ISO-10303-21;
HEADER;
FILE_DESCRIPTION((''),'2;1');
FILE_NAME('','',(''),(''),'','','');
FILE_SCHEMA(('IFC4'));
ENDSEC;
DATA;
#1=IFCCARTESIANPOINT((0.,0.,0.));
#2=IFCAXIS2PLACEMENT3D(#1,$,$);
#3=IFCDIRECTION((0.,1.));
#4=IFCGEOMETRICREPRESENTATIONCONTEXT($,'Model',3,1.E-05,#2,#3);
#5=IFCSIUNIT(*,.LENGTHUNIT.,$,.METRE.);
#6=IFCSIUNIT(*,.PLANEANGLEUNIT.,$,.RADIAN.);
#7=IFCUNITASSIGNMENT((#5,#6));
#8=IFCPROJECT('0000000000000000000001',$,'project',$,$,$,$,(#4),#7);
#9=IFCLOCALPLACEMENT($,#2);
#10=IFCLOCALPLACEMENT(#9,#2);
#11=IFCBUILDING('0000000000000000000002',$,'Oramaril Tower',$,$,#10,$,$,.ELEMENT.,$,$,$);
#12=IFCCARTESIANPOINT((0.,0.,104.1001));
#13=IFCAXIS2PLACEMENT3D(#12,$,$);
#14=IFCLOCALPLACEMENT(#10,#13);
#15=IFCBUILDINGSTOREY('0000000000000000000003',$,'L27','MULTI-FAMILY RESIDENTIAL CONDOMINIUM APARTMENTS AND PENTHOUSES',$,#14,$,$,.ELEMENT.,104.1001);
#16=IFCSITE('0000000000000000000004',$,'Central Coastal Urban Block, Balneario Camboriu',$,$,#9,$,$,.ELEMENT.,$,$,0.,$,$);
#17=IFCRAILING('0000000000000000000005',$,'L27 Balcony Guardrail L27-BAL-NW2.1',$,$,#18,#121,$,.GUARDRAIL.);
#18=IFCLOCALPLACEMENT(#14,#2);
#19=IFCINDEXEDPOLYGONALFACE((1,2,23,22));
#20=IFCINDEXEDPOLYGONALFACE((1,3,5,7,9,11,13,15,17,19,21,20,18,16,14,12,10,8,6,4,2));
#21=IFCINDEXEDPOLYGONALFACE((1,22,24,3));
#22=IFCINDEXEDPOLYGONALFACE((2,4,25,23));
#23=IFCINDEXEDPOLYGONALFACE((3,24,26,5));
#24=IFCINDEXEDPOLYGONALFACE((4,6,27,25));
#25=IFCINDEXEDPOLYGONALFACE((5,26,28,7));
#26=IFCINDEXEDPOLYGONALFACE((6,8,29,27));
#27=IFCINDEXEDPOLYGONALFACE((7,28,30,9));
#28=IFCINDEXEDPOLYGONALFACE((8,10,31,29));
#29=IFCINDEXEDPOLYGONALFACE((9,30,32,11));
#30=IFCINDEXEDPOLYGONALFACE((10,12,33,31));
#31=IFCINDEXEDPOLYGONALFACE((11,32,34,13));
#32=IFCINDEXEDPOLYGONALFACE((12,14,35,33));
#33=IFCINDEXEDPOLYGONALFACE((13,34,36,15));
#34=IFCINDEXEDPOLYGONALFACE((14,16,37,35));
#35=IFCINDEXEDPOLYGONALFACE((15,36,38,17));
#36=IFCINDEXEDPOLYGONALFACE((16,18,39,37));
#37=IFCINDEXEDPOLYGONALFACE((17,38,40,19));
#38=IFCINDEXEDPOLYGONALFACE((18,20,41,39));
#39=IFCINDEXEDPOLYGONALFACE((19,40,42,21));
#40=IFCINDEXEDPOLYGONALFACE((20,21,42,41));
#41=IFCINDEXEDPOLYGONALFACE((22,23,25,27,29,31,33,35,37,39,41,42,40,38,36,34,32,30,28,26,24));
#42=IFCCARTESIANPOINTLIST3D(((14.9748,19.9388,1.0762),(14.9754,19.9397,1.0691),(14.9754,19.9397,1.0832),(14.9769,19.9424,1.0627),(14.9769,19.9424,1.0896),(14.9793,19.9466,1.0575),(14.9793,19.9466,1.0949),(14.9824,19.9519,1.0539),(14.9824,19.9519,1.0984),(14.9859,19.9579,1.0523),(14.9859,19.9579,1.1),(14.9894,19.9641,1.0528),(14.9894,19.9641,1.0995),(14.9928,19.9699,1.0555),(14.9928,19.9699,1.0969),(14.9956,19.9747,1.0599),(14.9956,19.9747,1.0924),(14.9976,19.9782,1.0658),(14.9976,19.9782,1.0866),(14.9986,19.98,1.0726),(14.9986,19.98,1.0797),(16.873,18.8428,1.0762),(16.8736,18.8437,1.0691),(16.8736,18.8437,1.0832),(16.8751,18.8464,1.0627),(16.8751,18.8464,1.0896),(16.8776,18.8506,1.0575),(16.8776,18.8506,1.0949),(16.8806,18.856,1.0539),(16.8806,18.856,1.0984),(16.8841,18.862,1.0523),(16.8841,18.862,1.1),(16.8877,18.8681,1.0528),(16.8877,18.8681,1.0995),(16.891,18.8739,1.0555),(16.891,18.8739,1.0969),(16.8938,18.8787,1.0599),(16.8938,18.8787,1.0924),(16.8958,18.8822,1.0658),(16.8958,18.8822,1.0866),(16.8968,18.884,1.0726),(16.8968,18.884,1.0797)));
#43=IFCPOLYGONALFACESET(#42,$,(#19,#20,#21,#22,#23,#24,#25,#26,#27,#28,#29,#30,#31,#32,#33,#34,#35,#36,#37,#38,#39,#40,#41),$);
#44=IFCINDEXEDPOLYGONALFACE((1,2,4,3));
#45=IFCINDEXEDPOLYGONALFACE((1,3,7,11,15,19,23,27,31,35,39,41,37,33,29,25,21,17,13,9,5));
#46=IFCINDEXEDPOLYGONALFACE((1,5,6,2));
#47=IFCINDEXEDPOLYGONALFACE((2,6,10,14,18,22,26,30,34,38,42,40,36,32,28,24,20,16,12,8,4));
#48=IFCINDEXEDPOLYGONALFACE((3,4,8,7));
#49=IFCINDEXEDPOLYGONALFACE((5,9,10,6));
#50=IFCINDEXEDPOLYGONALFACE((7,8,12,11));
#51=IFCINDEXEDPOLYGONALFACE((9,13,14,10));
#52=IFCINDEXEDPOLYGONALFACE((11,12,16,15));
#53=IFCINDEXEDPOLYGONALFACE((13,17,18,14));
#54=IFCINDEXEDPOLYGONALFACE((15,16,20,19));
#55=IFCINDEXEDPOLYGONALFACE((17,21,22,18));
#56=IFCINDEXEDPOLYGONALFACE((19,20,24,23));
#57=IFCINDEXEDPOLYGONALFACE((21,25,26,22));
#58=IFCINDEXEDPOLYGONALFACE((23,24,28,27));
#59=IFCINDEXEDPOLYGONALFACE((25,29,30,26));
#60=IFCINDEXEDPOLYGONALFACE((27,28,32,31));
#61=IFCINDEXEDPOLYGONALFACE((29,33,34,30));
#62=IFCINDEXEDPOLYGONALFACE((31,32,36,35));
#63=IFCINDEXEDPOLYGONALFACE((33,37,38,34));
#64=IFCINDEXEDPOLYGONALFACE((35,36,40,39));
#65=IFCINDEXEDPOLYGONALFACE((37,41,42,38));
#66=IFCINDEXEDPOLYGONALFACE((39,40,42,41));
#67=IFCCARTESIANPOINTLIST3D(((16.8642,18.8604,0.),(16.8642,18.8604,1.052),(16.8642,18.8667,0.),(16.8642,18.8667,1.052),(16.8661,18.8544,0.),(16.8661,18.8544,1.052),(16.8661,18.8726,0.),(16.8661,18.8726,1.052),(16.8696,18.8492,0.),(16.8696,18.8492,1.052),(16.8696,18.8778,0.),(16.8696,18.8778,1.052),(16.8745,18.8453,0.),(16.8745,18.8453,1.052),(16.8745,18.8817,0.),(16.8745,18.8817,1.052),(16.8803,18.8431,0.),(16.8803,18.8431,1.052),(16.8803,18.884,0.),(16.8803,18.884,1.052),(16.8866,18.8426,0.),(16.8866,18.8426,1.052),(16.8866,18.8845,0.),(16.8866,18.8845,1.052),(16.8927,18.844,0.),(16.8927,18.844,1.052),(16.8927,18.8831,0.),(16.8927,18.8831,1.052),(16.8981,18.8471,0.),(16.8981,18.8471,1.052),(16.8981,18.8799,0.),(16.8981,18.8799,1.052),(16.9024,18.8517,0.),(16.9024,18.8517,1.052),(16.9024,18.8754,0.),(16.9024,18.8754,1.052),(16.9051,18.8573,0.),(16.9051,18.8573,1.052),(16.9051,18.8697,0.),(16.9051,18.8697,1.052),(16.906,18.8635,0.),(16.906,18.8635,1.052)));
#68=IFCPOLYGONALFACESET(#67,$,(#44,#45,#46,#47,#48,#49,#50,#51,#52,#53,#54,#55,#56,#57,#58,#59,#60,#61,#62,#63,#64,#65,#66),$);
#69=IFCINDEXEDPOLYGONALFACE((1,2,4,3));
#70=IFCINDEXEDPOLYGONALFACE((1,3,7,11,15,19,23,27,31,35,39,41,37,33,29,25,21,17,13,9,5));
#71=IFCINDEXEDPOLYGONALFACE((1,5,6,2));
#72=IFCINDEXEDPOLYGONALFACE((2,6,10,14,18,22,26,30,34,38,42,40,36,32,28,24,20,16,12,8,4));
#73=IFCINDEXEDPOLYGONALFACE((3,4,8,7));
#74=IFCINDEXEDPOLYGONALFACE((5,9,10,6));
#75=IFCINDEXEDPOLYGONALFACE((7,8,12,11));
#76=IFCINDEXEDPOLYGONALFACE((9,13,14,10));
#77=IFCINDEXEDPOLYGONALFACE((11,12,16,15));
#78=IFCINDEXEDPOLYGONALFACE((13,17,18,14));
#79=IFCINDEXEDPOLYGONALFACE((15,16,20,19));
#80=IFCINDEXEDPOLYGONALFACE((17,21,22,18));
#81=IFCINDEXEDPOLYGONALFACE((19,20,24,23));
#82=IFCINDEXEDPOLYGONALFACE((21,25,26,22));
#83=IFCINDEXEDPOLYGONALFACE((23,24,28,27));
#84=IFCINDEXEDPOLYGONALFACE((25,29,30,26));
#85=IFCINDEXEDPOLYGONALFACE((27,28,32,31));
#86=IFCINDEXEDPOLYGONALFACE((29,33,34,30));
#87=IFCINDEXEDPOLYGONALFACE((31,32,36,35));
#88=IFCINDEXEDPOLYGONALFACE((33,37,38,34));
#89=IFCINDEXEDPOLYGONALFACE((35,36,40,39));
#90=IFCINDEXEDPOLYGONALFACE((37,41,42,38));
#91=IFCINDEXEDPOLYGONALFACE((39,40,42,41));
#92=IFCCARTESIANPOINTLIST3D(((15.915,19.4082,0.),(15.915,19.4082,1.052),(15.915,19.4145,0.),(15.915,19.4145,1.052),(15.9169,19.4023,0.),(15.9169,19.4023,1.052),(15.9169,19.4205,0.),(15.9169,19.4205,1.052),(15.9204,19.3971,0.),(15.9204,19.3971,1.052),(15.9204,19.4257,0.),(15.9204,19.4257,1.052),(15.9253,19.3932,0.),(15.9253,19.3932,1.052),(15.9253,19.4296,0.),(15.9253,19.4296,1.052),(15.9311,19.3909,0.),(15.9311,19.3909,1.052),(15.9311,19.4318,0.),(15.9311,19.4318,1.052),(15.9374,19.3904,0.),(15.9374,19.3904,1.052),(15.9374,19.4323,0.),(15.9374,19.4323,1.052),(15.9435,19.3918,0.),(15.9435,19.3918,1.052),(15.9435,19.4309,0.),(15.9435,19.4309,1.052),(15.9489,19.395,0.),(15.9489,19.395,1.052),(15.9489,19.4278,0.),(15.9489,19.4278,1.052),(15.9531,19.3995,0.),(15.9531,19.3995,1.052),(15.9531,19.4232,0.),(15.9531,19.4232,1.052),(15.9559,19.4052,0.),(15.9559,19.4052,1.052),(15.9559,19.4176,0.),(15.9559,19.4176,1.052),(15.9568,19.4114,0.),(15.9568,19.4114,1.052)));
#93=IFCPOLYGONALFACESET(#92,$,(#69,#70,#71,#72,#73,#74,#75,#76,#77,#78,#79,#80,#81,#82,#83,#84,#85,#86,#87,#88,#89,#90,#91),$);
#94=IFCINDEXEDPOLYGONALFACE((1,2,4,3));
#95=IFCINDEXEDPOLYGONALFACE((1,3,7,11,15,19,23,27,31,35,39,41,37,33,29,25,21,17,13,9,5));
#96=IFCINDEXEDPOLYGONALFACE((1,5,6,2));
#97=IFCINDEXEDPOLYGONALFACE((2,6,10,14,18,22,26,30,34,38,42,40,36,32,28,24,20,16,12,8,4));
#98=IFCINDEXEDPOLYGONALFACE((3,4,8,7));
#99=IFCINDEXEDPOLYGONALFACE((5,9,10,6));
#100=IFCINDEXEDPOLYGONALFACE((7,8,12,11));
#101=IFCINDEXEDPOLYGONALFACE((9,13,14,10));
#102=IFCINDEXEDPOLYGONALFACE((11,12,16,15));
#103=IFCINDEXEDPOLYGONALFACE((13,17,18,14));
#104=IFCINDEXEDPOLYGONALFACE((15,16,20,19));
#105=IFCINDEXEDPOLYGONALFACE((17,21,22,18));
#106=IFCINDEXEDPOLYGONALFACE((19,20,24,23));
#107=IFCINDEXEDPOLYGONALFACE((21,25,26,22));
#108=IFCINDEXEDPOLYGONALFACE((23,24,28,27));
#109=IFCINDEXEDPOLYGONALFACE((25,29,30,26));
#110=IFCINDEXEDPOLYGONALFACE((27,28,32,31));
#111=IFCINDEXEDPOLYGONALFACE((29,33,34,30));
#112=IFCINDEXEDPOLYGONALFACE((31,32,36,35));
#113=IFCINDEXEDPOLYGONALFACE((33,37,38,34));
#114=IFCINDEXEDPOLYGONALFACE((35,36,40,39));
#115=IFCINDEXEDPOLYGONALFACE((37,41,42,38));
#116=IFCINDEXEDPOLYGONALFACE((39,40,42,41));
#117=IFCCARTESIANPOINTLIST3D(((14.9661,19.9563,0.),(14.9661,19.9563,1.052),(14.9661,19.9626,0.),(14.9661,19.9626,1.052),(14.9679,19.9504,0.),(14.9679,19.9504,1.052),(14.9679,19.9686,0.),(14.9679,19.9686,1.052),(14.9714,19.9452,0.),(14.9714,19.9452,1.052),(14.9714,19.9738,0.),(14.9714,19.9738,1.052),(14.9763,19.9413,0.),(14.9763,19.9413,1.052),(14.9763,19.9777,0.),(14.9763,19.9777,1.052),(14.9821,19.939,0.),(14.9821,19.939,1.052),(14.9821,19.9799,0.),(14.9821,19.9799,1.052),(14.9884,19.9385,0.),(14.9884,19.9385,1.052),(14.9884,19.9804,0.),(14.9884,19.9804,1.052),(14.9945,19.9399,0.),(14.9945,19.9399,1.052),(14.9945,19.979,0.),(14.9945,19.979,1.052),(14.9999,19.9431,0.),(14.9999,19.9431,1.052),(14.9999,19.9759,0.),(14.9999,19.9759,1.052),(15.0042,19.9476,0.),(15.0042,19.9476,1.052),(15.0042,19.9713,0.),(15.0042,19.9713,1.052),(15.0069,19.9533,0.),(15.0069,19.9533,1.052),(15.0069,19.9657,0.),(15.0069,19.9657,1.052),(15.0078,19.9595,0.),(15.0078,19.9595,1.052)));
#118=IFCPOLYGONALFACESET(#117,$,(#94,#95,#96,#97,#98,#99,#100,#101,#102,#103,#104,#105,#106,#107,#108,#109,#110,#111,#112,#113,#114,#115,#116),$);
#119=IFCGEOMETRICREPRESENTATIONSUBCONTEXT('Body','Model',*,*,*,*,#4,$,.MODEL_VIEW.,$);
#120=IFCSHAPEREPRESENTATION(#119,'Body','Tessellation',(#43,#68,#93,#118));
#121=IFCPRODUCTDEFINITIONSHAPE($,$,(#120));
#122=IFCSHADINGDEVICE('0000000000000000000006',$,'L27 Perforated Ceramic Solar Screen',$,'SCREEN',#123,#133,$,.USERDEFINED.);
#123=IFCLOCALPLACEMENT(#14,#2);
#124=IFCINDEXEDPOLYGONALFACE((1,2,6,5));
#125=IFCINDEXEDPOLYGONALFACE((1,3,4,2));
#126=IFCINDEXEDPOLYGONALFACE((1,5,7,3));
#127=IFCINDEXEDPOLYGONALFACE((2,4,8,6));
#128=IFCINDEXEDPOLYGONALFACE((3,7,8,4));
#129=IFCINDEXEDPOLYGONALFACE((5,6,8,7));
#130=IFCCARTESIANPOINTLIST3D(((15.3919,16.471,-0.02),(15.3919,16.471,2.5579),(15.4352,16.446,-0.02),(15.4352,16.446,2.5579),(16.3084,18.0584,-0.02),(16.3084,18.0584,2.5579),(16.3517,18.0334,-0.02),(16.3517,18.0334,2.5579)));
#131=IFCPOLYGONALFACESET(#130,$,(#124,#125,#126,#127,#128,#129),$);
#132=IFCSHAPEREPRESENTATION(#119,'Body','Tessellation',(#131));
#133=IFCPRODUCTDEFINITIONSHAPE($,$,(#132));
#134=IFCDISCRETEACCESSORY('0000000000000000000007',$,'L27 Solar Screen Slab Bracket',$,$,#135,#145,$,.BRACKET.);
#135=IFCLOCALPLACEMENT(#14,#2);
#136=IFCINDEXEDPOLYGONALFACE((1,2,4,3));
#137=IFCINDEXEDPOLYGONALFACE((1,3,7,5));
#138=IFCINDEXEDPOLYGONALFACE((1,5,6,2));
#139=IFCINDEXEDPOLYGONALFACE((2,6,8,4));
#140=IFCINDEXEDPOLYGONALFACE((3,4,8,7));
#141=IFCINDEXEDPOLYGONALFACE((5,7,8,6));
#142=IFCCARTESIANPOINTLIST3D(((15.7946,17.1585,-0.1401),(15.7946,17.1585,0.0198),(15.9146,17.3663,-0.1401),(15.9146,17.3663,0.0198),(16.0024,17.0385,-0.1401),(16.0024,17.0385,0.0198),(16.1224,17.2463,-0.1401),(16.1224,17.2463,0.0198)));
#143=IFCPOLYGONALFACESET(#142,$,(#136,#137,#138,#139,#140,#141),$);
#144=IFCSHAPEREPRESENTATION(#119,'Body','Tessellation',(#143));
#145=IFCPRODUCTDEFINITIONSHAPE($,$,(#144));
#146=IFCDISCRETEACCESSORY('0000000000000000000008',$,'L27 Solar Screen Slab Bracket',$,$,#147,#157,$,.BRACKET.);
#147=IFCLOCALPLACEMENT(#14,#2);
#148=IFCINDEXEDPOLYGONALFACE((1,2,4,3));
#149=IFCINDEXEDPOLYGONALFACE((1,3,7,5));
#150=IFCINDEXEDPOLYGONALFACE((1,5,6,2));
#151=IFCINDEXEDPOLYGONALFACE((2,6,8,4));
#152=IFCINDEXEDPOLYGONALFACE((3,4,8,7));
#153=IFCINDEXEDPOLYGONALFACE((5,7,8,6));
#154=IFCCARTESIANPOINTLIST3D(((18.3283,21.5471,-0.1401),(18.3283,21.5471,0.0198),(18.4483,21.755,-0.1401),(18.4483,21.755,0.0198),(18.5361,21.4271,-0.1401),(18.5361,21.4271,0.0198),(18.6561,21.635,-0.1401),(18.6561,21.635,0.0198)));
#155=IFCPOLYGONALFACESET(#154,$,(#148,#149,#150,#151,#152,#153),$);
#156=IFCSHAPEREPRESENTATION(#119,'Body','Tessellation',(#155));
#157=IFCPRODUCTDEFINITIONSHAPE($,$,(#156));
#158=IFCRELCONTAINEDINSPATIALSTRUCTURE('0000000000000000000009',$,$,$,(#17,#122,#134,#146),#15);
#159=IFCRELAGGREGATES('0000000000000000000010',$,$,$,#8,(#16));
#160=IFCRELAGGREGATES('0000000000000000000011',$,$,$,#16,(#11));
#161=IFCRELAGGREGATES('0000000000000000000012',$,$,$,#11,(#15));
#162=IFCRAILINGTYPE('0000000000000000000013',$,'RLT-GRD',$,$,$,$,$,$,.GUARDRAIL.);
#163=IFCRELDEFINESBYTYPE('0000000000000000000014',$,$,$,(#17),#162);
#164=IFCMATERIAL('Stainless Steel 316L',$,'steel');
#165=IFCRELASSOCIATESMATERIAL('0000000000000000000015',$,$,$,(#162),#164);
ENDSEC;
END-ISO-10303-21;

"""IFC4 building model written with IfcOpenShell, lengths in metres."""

from ifc_helpers import new_model, si_unit, direction, frame, origin, origin_2d, place, context, subcontext, project, spatial, rectangle, circle, extrude, material, type_object, element, save


model = new_model("IFC4")

# Units and contexts
model_context = context("Model", 3, precision=1e-05, world=origin(), true_north=direction((0.0, 1.0)))
body_context = subcontext(model_context, "Body", "Model", "MODEL_VIEW")
ifc_project = project(units=[si_unit("LENGTHUNIT", "METRE"), si_unit("PLANEANGLEUNIT", "RADIAN")], contexts=[model_context])

# Site, building, storey
site_placement = place(None, origin())
site = spatial("IfcSite", under=ifc_project, at=site_placement, Name="Central Coastal Urban Block, Balneario Camboriu", CompositionType="ELEMENT", RefElevation=0.0)
building_placement = place(site_placement, origin())
building = spatial("IfcBuilding", under=site, at=building_placement, Name="Oramaril Tower", CompositionType="ELEMENT")
storey_placement = place(building_placement, frame((0.0, 0.0, 104.1001)))
storey = spatial("IfcBuildingStorey", under=building, at=storey_placement, Name="L27", Description="MULTI-FAMILY RESIDENTIAL CONDOMINIUM APARTMENTS AND PENTHOUSES", CompositionType="ELEMENT", Elevation=104.1001)

# Railing
ifc_material_1 = material(Name="Stainless Steel 316L", Category="steel")
railing_type = type_object("IfcRailingType", Name="RLT-GRD", PredefinedType="GUARDRAIL", material=ifc_material_1)
railing_1_placement = place(storey_placement, frame((16.885, 18.8635, 0.0)))
element("IfcRailing", 1, at=railing_1_placement, inside=storey, type_object=railing_type, Name="L27 Balcony Guardrail L27-BAL-NW2.1", PredefinedType="GUARDRAIL", context=body_context, shape_type="SweptSolid", body=[
    extrude(circle(Radius=0.0239, at=origin_2d()), frame((0.0, 0.0, 1.0762), z_axis=(-0.866021, 0.500008, 0.0), x_axis=(-0.500008, -0.866021, 0.0)), (0.0, 0.0, 1.0), 2.1919),
    extrude(circle(Radius=0.021, at=origin_2d()), origin(), (0.0, 0.0, 1.0), 1.052),
    extrude(circle(Radius=0.021, at=origin_2d()), frame((-0.9492, 0.5479, 0.0)), (0.0, 0.0, 1.0), 1.052),
    extrude(circle(Radius=0.021, at=origin_2d()), frame((-1.8982, 1.0959, 0.0)), (0.0, 0.0, 1.0), 1.052),
])

# Shading device
shading_device_placement = place(storey_placement, frame((15.8718, 17.2522, -0.02), z_axis=(0.0, 0.0, 1.0), x_axis=(-0.5, -0.866025, 0.0)))
element("IfcShadingDevice", 2, at=shading_device_placement, inside=storey, Name="L27 Perforated Ceramic Solar Screen", ObjectType="SCREEN", PredefinedType="USERDEFINED", context=body_context, shape_type="SweptSolid", body=[
    extrude(rectangle(XDim=1.833, YDim=0.05, at=origin_2d()), origin(), (0.0, 0.0, 1.0), 2.5779),
])

# Discrete accessories
for number, where, z_axis, x_axis, name in (
    (3, (15.9585, 17.2024, -0.1401), (0.0, 0.0, 1.0), (-0.5, -0.866025, 0.0), "L27 Solar Screen Slab Bracket"),
    (4, (18.4922, 21.5911, -0.1401), (0.0, 0.0, 1.0), (-0.5, -0.866025, 0.0), "L27 Solar Screen Slab Bracket"),
):
    element("IfcDiscreteAccessory", number, at=place(storey_placement, frame(where, z_axis=z_axis, x_axis=x_axis)), inside=storey, Name=name, PredefinedType="BRACKET", context=body_context, shape_type="SweptSolid", body=[
        extrude(rectangle(XDim=0.24, YDim=0.24, at=origin_2d()), origin(), (0.0, 0.0, 1.0), 0.1599),
    ])

save(model, "model.ifc")
